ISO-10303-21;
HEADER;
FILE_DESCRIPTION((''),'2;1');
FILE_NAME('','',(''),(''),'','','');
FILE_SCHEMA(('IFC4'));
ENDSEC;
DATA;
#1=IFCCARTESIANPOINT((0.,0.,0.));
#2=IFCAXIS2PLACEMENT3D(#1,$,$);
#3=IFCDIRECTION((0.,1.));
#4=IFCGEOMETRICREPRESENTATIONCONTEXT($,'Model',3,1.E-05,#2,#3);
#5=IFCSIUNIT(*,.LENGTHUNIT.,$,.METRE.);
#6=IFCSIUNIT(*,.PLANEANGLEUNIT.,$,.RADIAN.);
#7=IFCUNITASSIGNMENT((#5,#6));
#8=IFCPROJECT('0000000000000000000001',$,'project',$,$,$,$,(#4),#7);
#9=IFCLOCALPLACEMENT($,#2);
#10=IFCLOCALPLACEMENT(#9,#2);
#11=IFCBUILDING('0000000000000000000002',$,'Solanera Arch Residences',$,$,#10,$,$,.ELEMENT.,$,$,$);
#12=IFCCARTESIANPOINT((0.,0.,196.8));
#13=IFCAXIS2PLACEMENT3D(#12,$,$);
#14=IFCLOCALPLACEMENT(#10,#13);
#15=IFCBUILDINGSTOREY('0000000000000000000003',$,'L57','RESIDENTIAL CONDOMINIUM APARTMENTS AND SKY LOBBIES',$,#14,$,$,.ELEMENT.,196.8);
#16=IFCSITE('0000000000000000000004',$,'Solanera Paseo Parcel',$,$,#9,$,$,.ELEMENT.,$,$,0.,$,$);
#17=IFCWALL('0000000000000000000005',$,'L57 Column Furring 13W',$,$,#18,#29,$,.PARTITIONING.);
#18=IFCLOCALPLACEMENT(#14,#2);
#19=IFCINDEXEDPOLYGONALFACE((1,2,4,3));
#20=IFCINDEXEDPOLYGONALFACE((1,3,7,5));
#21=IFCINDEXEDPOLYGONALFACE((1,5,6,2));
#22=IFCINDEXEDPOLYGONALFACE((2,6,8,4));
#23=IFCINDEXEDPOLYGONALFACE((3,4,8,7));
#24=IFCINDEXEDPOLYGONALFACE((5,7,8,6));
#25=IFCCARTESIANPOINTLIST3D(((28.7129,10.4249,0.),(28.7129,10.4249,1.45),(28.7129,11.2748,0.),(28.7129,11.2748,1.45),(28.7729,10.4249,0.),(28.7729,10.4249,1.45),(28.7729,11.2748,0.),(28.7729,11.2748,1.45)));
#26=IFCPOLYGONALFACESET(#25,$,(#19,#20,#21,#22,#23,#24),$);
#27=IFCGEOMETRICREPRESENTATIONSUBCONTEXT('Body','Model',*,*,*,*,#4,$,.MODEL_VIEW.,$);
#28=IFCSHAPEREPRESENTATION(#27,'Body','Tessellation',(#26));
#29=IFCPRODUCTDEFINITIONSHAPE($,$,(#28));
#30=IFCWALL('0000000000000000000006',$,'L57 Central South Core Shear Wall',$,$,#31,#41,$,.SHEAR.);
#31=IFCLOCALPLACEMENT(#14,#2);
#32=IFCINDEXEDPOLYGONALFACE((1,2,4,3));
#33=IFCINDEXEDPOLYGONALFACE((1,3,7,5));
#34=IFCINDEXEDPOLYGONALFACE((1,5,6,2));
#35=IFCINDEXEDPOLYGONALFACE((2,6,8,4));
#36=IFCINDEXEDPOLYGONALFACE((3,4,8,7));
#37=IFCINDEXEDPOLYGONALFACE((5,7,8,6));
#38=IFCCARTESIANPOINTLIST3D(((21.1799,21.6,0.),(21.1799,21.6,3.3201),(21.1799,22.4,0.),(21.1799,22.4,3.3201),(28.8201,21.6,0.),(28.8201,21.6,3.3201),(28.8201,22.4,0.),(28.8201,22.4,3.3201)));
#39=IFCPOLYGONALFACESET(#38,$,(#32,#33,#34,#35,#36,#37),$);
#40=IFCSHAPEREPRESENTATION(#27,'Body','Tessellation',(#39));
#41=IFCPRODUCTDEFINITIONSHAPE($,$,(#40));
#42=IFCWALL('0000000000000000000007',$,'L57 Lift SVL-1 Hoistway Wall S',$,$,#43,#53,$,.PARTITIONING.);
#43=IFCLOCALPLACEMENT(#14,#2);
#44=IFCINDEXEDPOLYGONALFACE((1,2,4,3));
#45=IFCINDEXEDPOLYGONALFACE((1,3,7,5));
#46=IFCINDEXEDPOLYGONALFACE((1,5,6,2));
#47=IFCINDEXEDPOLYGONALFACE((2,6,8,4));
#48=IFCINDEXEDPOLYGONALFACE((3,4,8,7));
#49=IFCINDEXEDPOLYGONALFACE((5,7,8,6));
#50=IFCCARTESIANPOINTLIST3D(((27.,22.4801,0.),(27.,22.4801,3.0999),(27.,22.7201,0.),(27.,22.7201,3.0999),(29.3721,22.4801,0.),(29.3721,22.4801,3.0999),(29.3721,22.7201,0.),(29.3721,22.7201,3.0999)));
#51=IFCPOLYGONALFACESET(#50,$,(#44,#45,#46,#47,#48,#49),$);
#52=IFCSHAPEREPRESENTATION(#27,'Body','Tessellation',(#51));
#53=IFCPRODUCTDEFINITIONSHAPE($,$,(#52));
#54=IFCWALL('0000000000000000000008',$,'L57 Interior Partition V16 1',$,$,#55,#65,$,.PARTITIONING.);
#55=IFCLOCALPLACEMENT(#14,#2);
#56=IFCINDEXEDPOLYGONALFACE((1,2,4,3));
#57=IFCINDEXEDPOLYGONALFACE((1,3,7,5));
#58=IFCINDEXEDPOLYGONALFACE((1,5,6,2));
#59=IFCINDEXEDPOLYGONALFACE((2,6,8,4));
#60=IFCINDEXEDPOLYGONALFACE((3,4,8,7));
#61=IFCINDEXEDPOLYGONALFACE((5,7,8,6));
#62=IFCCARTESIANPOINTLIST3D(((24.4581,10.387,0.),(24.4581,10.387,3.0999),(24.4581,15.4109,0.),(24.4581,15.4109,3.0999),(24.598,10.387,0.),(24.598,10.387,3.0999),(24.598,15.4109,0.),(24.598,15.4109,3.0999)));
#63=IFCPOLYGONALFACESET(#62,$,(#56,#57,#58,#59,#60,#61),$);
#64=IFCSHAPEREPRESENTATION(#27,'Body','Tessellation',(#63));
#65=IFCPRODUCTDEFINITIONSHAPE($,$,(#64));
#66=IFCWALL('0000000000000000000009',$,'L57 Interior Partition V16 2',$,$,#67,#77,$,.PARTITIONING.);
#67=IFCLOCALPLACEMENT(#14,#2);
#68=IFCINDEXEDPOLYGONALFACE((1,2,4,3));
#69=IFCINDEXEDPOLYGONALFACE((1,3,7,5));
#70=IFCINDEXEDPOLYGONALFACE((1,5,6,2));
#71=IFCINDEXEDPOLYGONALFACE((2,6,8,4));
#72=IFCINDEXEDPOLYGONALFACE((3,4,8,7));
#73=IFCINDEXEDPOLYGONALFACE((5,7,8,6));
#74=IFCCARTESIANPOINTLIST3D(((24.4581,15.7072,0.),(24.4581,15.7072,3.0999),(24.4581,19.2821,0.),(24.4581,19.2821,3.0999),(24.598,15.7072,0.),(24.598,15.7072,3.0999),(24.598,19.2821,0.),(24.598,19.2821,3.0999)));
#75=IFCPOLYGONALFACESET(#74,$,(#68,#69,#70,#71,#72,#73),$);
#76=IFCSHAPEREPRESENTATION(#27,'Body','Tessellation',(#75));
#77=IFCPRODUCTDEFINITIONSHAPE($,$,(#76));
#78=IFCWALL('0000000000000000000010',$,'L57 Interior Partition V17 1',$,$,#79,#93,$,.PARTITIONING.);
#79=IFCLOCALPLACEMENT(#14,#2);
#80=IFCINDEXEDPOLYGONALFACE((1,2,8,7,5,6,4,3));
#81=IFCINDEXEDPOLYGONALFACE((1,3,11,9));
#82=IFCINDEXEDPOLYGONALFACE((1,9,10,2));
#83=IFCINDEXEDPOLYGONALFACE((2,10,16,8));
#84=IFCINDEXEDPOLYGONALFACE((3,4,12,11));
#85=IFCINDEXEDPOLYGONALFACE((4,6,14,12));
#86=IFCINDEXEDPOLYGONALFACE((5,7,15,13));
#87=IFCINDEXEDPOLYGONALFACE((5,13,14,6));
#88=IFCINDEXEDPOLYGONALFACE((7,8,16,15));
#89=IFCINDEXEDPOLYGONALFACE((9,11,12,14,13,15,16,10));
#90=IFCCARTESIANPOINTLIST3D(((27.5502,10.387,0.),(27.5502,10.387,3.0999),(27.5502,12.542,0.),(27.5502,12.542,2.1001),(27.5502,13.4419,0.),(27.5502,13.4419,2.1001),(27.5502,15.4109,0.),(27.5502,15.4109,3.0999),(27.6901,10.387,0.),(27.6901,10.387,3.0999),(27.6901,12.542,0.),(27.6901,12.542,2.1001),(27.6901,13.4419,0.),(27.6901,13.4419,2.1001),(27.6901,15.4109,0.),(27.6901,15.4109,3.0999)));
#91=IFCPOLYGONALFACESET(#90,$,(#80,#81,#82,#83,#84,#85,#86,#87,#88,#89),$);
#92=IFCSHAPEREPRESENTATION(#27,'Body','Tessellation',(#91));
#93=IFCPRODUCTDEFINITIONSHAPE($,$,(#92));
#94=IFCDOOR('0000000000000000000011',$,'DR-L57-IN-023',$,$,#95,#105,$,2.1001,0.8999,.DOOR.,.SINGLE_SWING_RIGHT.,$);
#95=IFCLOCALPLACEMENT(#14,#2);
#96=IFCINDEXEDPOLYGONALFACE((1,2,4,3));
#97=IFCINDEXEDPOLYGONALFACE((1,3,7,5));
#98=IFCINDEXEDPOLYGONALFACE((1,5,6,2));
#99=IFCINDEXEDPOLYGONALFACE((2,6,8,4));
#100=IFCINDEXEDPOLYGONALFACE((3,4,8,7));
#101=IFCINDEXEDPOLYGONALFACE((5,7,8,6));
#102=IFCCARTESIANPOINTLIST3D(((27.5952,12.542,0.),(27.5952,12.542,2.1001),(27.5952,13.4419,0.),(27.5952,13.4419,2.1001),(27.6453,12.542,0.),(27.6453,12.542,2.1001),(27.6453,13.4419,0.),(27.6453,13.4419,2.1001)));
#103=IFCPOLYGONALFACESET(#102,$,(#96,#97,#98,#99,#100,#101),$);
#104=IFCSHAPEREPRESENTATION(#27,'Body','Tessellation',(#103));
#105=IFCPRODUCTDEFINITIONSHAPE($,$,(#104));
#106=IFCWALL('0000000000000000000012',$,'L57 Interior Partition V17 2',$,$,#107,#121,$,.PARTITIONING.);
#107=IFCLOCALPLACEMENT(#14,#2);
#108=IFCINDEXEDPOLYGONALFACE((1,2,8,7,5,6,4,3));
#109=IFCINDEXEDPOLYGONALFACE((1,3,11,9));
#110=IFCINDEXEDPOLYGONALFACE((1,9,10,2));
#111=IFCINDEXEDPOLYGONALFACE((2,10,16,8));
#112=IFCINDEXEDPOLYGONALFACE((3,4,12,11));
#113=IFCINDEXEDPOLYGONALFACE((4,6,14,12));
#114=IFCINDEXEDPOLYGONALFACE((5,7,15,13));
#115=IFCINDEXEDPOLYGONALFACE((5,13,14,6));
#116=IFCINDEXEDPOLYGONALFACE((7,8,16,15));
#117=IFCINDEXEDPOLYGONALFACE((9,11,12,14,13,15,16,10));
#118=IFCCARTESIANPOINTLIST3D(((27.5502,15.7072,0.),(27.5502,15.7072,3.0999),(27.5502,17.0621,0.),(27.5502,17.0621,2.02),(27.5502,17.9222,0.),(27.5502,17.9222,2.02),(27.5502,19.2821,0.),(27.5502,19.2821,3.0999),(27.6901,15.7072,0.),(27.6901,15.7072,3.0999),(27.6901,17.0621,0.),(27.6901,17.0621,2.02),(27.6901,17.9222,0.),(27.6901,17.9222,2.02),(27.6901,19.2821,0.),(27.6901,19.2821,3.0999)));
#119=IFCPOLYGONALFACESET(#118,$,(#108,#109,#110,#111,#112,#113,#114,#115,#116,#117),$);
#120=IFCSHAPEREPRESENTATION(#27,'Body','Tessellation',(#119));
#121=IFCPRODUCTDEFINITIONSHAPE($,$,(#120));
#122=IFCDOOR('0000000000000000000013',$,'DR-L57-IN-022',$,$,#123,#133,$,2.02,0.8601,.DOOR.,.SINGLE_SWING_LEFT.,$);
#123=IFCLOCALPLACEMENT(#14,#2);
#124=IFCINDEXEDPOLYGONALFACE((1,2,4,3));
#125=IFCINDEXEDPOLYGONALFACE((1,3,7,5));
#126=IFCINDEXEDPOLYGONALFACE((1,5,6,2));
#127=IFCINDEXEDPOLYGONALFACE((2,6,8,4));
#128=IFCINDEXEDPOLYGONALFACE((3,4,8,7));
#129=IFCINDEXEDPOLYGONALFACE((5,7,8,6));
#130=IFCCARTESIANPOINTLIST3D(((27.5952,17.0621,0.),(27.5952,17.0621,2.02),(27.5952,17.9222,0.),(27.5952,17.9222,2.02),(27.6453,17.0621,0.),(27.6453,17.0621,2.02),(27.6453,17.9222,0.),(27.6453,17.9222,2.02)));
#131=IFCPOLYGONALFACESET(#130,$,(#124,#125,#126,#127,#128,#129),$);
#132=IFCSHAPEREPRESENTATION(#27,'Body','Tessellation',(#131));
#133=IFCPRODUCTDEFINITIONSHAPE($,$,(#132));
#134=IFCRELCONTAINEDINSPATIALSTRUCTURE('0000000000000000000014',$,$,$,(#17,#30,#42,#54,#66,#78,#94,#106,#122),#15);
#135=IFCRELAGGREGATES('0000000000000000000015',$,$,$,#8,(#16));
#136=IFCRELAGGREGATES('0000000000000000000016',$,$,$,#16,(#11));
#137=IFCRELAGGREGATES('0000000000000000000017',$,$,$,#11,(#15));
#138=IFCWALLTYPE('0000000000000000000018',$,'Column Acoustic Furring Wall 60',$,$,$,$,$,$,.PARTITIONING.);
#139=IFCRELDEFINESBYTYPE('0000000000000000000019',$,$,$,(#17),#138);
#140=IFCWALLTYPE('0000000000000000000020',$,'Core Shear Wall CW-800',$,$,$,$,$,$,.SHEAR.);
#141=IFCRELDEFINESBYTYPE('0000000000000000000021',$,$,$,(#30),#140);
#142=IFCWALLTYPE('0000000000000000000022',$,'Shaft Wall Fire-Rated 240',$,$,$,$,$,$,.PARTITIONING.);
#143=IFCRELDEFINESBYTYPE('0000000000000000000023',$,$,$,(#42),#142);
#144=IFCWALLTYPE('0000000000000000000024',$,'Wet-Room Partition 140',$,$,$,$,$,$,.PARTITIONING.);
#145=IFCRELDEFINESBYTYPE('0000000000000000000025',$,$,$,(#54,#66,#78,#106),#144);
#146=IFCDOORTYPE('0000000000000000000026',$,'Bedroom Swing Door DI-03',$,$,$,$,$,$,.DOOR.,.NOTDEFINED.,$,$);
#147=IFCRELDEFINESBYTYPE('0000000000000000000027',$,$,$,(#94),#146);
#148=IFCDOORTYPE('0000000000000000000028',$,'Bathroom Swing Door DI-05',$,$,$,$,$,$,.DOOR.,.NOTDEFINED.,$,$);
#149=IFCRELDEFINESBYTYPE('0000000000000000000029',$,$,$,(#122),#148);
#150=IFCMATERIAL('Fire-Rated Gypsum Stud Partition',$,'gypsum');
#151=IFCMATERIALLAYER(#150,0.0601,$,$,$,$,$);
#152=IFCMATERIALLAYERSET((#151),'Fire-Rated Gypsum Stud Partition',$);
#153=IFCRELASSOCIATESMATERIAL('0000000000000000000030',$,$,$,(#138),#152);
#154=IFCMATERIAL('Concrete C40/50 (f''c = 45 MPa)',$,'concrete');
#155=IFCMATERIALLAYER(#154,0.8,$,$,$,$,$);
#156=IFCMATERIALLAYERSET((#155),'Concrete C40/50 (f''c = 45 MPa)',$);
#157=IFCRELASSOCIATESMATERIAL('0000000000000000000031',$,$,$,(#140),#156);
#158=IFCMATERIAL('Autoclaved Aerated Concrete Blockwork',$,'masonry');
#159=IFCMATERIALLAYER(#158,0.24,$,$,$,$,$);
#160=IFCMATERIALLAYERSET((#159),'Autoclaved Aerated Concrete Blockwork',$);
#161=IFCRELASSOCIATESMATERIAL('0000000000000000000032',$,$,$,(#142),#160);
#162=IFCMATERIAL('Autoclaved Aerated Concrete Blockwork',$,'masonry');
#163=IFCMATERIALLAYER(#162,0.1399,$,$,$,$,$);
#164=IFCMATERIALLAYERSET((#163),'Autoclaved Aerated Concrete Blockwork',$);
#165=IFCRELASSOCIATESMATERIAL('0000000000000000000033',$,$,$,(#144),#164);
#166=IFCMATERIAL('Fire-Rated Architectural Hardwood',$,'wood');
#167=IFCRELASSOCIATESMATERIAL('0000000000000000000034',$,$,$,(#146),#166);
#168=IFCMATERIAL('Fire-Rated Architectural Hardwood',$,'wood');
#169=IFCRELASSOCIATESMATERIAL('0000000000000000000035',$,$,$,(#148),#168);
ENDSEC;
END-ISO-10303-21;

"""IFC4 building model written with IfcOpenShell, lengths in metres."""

from ifc_helpers import new_model, si_unit, direction, frame, frame_2d, origin, place, context, subcontext, project, spatial, rectangle, extrude, material, layer, layer_set, type_object, element, fill, save


model = new_model("IFC4")

# Units and contexts
model_context = context("Model", 3, precision=1e-05, world=origin(), true_north=direction((0.0, 1.0)))
body_context = subcontext(model_context, "Body", "Model", "MODEL_VIEW")
ifc_project = project(units=[si_unit("LENGTHUNIT", "METRE"), si_unit("PLANEANGLEUNIT", "RADIAN")], contexts=[model_context])

# Site, building, storey
site_placement = place(None, origin())
site = spatial("IfcSite", under=ifc_project, at=site_placement, Name="Solanera Paseo Parcel", CompositionType="ELEMENT", RefElevation=0.0)
building_placement = place(site_placement, origin())
building = spatial("IfcBuilding", under=site, at=building_placement, Name="Solanera Arch Residences", CompositionType="ELEMENT")
storey_placement = place(building_placement, frame((0.0, 0.0, 196.8)))
storey = spatial("IfcBuildingStorey", under=building, at=storey_placement, Name="L57", Description="RESIDENTIAL CONDOMINIUM APARTMENTS AND SKY LOBBIES", CompositionType="ELEMENT", Elevation=196.8)

# Walls
ifc_material_1 = material(Name="Fire-Rated Gypsum Stud Partition", Category="gypsum")
ifc_layer_1 = layer(ifc_material_1, 0.0601)
ifc_layer_set_1 = layer_set([ifc_layer_1], Name="Fire-Rated Gypsum Stud Partition")
wall_type_1 = type_object("IfcWallType", Name="Column Acoustic Furring Wall 60", PredefinedType="PARTITIONING", material=ifc_layer_set_1)
wall_1_placement = place(storey_placement, frame((28.7429, 10.425, 0.0), z_axis=(0.0, 0.0, 1.0), x_axis=(0.0, 1.0, 0.0)))
element("IfcWall", 1, at=wall_1_placement, inside=storey, type_object=wall_type_1, Name="L57 Column Furring 13W", PredefinedType="PARTITIONING", context=body_context, shape_type="SweptSolid", body=[
    extrude(rectangle(XDim=0.8499, YDim=0.0601, at=frame_2d((0.4248, 0.0))), origin(), (0.0, 0.0, 1.0), 1.45),
])
ifc_material_2 = material(Name="Concrete C40/50 (f'c = 45 MPa)", Category="concrete")
ifc_layer_2 = layer(ifc_material_2, 0.8)
ifc_layer_set_2 = layer_set([ifc_layer_2], Name="Concrete C40/50 (f'c = 45 MPa)")
wall_type_2 = type_object("IfcWallType", Name="Core Shear Wall CW-800", PredefinedType="SHEAR", material=ifc_layer_set_2)
wall_2_placement = place(storey_placement, frame((21.1799, 22.0, 0.0), z_axis=(0.0, 0.0, 1.0), x_axis=(1.0, 0.0, 0.0)))
element("IfcWall", 2, at=wall_2_placement, inside=storey, type_object=wall_type_2, Name="L57 Central South Core Shear Wall", PredefinedType="SHEAR", context=body_context, shape_type="SweptSolid", body=[
    extrude(rectangle(XDim=7.6401, YDim=0.8, at=frame_2d((3.8201, 0.0))), origin(), (0.0, 0.0, 1.0), 3.3201),
])
ifc_material_3 = material(Name="Autoclaved Aerated Concrete Blockwork", Category="masonry")
ifc_layer_3 = layer(ifc_material_3, 0.24)
ifc_layer_set_3 = layer_set([ifc_layer_3], Name="Autoclaved Aerated Concrete Blockwork")
wall_type_3 = type_object("IfcWallType", Name="Shaft Wall Fire-Rated 240", PredefinedType="PARTITIONING", material=ifc_layer_set_3)
wall_3_placement = place(storey_placement, frame((27.0, 22.6001, 0.0), z_axis=(0.0, 0.0, 1.0), x_axis=(1.0, 0.0, 0.0)))
element("IfcWall", 3, at=wall_3_placement, inside=storey, type_object=wall_type_3, Name="L57 Lift SVL-1 Hoistway Wall S", PredefinedType="PARTITIONING", context=body_context, shape_type="SweptSolid", body=[
    extrude(rectangle(XDim=2.3721, YDim=0.24, at=frame_2d((1.186, 0.0))), origin(), (0.0, 0.0, 1.0), 3.0999),
])
ifc_material_4 = material(Name="Autoclaved Aerated Concrete Blockwork", Category="masonry")
ifc_layer_4 = layer(ifc_material_4, 0.1399)
ifc_layer_set_4 = layer_set([ifc_layer_4], Name="Autoclaved Aerated Concrete Blockwork")
wall_type_4 = type_object("IfcWallType", Name="Wet-Room Partition 140", PredefinedType="PARTITIONING", material=ifc_layer_set_4)
wall_4_placement = place(storey_placement, frame((24.5281, 10.387, 0.0), z_axis=(0.0, 0.0, 1.0), x_axis=(0.0, 1.0, 0.0)))
element("IfcWall", 4, at=wall_4_placement, inside=storey, type_object=wall_type_4, Name="L57 Interior Partition V16 1", PredefinedType="PARTITIONING", context=body_context, shape_type="SweptSolid", body=[
    extrude(rectangle(XDim=5.0239, YDim=0.1399, at=frame_2d((2.512, 0.0))), origin(), (0.0, 0.0, 1.0), 3.0999),
])
wall_5_placement = place(storey_placement, frame((24.5281, 15.707, 0.0), z_axis=(0.0, 0.0, 1.0), x_axis=(0.0, 1.0, 0.0)))
element("IfcWall", 5, at=wall_5_placement, inside=storey, type_object=wall_type_4, Name="L57 Interior Partition V16 2", PredefinedType="PARTITIONING", context=body_context, shape_type="SweptSolid", body=[
    extrude(rectangle(XDim=3.575, YDim=0.1399, at=frame_2d((1.7876, 0.0))), origin(), (0.0, 0.0, 1.0), 3.0999),
])

# Walls, openings, doors
wall_6_placement = place(storey_placement, frame((27.6201, 10.387, 0.0), z_axis=(0.0, 0.0, 1.0), x_axis=(0.0, 1.0, 0.0)))
wall_6 = element("IfcWall", 6, at=wall_6_placement, inside=storey, type_object=wall_type_4, Name="L57 Interior Partition V17 1", PredefinedType="PARTITIONING", context=body_context, shape_type="SweptSolid", body=[
    extrude(rectangle(XDim=5.0239, YDim=0.1399, at=frame_2d((2.512, 0.0))), origin(), (0.0, 0.0, 1.0), 3.0999),
])
opening_1_placement = place(wall_6_placement, frame((2.155, 0.0, 0.0)))
opening_1 = element("IfcOpeningElement", 7, at=opening_1_placement, cuts=wall_6, PredefinedType="OPENING", context=body_context, shape_type="SweptSolid", body=[
    extrude(rectangle(XDim=0.8999, YDim=2.1001, at=frame_2d((0.45, 1.05))), frame((0.0, 0.0798, 0.0), z_axis=(0.0, -1.0, 0.0), x_axis=(1.0, 0.0, 0.0)), (0.0, 0.0, 1.0), 0.1599),
])
ifc_material_5 = material(Name="Fire-Rated Architectural Hardwood", Category="wood")
door_type_1 = type_object("IfcDoorType", Name="Bedroom Swing Door DI-03", OperationType="NOTDEFINED", PredefinedType="DOOR", material=ifc_material_5)
door_1_placement = place(opening_1_placement, origin())
door_1 = element("IfcDoor", 8, at=door_1_placement, inside=storey, type_object=door_type_1, Name="DR-L57-IN-023", OperationType="SINGLE_SWING_RIGHT", OverallHeight=2.1001, OverallWidth=0.8999, PredefinedType="DOOR", context=body_context, shape_type="SweptSolid", body=[
    extrude(rectangle(XDim=0.8999, YDim=2.1001, at=frame_2d((0.45, 1.05))), frame((0.0, 0.0249, 0.0), z_axis=(0.0, -1.0, 0.0), x_axis=(1.0, 0.0, 0.0)), (0.0, 0.0, 1.0), 0.05),
])
fill(opening_1, door_1)
wall_7_placement = place(storey_placement, frame((27.6201, 15.707, 0.0), z_axis=(0.0, 0.0, 1.0), x_axis=(0.0, 1.0, 0.0)))
wall_7 = element("IfcWall", 9, at=wall_7_placement, inside=storey, type_object=wall_type_4, Name="L57 Interior Partition V17 2", PredefinedType="PARTITIONING", context=body_context, shape_type="SweptSolid", body=[
    extrude(rectangle(XDim=3.575, YDim=0.1399, at=frame_2d((1.7876, 0.0))), origin(), (0.0, 0.0, 1.0), 3.0999),
])
opening_2_placement = place(wall_7_placement, frame((1.355, 0.0, 0.0)))
opening_2 = element("IfcOpeningElement", 10, at=opening_2_placement, cuts=wall_7, PredefinedType="OPENING", context=body_context, shape_type="SweptSolid", body=[
    extrude(rectangle(XDim=0.8601, YDim=2.02, at=frame_2d((0.4302, 1.01))), frame((0.0, 0.0798, 0.0), z_axis=(0.0, -1.0, 0.0), x_axis=(1.0, 0.0, 0.0)), (0.0, 0.0, 1.0), 0.1599),
])
ifc_material_6 = material(Name="Fire-Rated Architectural Hardwood", Category="wood")
door_type_2 = type_object("IfcDoorType", Name="Bathroom Swing Door DI-05", OperationType="NOTDEFINED", PredefinedType="DOOR", material=ifc_material_6)
door_2_placement = place(opening_2_placement, origin())
door_2 = element("IfcDoor", 11, at=door_2_placement, inside=storey, type_object=door_type_2, Name="DR-L57-IN-022", OperationType="SINGLE_SWING_LEFT", OverallHeight=2.02, OverallWidth=0.8601, PredefinedType="DOOR", context=body_context, shape_type="SweptSolid", body=[
    extrude(rectangle(XDim=0.8601, YDim=2.02, at=frame_2d((0.4302, 1.01))), frame((0.0, 0.0249, 0.0), z_axis=(0.0, -1.0, 0.0), x_axis=(1.0, 0.0, 0.0)), (0.0, 0.0, 1.0), 0.05),
])
fill(opening_2, door_2)

save(model, "model.ifc")
